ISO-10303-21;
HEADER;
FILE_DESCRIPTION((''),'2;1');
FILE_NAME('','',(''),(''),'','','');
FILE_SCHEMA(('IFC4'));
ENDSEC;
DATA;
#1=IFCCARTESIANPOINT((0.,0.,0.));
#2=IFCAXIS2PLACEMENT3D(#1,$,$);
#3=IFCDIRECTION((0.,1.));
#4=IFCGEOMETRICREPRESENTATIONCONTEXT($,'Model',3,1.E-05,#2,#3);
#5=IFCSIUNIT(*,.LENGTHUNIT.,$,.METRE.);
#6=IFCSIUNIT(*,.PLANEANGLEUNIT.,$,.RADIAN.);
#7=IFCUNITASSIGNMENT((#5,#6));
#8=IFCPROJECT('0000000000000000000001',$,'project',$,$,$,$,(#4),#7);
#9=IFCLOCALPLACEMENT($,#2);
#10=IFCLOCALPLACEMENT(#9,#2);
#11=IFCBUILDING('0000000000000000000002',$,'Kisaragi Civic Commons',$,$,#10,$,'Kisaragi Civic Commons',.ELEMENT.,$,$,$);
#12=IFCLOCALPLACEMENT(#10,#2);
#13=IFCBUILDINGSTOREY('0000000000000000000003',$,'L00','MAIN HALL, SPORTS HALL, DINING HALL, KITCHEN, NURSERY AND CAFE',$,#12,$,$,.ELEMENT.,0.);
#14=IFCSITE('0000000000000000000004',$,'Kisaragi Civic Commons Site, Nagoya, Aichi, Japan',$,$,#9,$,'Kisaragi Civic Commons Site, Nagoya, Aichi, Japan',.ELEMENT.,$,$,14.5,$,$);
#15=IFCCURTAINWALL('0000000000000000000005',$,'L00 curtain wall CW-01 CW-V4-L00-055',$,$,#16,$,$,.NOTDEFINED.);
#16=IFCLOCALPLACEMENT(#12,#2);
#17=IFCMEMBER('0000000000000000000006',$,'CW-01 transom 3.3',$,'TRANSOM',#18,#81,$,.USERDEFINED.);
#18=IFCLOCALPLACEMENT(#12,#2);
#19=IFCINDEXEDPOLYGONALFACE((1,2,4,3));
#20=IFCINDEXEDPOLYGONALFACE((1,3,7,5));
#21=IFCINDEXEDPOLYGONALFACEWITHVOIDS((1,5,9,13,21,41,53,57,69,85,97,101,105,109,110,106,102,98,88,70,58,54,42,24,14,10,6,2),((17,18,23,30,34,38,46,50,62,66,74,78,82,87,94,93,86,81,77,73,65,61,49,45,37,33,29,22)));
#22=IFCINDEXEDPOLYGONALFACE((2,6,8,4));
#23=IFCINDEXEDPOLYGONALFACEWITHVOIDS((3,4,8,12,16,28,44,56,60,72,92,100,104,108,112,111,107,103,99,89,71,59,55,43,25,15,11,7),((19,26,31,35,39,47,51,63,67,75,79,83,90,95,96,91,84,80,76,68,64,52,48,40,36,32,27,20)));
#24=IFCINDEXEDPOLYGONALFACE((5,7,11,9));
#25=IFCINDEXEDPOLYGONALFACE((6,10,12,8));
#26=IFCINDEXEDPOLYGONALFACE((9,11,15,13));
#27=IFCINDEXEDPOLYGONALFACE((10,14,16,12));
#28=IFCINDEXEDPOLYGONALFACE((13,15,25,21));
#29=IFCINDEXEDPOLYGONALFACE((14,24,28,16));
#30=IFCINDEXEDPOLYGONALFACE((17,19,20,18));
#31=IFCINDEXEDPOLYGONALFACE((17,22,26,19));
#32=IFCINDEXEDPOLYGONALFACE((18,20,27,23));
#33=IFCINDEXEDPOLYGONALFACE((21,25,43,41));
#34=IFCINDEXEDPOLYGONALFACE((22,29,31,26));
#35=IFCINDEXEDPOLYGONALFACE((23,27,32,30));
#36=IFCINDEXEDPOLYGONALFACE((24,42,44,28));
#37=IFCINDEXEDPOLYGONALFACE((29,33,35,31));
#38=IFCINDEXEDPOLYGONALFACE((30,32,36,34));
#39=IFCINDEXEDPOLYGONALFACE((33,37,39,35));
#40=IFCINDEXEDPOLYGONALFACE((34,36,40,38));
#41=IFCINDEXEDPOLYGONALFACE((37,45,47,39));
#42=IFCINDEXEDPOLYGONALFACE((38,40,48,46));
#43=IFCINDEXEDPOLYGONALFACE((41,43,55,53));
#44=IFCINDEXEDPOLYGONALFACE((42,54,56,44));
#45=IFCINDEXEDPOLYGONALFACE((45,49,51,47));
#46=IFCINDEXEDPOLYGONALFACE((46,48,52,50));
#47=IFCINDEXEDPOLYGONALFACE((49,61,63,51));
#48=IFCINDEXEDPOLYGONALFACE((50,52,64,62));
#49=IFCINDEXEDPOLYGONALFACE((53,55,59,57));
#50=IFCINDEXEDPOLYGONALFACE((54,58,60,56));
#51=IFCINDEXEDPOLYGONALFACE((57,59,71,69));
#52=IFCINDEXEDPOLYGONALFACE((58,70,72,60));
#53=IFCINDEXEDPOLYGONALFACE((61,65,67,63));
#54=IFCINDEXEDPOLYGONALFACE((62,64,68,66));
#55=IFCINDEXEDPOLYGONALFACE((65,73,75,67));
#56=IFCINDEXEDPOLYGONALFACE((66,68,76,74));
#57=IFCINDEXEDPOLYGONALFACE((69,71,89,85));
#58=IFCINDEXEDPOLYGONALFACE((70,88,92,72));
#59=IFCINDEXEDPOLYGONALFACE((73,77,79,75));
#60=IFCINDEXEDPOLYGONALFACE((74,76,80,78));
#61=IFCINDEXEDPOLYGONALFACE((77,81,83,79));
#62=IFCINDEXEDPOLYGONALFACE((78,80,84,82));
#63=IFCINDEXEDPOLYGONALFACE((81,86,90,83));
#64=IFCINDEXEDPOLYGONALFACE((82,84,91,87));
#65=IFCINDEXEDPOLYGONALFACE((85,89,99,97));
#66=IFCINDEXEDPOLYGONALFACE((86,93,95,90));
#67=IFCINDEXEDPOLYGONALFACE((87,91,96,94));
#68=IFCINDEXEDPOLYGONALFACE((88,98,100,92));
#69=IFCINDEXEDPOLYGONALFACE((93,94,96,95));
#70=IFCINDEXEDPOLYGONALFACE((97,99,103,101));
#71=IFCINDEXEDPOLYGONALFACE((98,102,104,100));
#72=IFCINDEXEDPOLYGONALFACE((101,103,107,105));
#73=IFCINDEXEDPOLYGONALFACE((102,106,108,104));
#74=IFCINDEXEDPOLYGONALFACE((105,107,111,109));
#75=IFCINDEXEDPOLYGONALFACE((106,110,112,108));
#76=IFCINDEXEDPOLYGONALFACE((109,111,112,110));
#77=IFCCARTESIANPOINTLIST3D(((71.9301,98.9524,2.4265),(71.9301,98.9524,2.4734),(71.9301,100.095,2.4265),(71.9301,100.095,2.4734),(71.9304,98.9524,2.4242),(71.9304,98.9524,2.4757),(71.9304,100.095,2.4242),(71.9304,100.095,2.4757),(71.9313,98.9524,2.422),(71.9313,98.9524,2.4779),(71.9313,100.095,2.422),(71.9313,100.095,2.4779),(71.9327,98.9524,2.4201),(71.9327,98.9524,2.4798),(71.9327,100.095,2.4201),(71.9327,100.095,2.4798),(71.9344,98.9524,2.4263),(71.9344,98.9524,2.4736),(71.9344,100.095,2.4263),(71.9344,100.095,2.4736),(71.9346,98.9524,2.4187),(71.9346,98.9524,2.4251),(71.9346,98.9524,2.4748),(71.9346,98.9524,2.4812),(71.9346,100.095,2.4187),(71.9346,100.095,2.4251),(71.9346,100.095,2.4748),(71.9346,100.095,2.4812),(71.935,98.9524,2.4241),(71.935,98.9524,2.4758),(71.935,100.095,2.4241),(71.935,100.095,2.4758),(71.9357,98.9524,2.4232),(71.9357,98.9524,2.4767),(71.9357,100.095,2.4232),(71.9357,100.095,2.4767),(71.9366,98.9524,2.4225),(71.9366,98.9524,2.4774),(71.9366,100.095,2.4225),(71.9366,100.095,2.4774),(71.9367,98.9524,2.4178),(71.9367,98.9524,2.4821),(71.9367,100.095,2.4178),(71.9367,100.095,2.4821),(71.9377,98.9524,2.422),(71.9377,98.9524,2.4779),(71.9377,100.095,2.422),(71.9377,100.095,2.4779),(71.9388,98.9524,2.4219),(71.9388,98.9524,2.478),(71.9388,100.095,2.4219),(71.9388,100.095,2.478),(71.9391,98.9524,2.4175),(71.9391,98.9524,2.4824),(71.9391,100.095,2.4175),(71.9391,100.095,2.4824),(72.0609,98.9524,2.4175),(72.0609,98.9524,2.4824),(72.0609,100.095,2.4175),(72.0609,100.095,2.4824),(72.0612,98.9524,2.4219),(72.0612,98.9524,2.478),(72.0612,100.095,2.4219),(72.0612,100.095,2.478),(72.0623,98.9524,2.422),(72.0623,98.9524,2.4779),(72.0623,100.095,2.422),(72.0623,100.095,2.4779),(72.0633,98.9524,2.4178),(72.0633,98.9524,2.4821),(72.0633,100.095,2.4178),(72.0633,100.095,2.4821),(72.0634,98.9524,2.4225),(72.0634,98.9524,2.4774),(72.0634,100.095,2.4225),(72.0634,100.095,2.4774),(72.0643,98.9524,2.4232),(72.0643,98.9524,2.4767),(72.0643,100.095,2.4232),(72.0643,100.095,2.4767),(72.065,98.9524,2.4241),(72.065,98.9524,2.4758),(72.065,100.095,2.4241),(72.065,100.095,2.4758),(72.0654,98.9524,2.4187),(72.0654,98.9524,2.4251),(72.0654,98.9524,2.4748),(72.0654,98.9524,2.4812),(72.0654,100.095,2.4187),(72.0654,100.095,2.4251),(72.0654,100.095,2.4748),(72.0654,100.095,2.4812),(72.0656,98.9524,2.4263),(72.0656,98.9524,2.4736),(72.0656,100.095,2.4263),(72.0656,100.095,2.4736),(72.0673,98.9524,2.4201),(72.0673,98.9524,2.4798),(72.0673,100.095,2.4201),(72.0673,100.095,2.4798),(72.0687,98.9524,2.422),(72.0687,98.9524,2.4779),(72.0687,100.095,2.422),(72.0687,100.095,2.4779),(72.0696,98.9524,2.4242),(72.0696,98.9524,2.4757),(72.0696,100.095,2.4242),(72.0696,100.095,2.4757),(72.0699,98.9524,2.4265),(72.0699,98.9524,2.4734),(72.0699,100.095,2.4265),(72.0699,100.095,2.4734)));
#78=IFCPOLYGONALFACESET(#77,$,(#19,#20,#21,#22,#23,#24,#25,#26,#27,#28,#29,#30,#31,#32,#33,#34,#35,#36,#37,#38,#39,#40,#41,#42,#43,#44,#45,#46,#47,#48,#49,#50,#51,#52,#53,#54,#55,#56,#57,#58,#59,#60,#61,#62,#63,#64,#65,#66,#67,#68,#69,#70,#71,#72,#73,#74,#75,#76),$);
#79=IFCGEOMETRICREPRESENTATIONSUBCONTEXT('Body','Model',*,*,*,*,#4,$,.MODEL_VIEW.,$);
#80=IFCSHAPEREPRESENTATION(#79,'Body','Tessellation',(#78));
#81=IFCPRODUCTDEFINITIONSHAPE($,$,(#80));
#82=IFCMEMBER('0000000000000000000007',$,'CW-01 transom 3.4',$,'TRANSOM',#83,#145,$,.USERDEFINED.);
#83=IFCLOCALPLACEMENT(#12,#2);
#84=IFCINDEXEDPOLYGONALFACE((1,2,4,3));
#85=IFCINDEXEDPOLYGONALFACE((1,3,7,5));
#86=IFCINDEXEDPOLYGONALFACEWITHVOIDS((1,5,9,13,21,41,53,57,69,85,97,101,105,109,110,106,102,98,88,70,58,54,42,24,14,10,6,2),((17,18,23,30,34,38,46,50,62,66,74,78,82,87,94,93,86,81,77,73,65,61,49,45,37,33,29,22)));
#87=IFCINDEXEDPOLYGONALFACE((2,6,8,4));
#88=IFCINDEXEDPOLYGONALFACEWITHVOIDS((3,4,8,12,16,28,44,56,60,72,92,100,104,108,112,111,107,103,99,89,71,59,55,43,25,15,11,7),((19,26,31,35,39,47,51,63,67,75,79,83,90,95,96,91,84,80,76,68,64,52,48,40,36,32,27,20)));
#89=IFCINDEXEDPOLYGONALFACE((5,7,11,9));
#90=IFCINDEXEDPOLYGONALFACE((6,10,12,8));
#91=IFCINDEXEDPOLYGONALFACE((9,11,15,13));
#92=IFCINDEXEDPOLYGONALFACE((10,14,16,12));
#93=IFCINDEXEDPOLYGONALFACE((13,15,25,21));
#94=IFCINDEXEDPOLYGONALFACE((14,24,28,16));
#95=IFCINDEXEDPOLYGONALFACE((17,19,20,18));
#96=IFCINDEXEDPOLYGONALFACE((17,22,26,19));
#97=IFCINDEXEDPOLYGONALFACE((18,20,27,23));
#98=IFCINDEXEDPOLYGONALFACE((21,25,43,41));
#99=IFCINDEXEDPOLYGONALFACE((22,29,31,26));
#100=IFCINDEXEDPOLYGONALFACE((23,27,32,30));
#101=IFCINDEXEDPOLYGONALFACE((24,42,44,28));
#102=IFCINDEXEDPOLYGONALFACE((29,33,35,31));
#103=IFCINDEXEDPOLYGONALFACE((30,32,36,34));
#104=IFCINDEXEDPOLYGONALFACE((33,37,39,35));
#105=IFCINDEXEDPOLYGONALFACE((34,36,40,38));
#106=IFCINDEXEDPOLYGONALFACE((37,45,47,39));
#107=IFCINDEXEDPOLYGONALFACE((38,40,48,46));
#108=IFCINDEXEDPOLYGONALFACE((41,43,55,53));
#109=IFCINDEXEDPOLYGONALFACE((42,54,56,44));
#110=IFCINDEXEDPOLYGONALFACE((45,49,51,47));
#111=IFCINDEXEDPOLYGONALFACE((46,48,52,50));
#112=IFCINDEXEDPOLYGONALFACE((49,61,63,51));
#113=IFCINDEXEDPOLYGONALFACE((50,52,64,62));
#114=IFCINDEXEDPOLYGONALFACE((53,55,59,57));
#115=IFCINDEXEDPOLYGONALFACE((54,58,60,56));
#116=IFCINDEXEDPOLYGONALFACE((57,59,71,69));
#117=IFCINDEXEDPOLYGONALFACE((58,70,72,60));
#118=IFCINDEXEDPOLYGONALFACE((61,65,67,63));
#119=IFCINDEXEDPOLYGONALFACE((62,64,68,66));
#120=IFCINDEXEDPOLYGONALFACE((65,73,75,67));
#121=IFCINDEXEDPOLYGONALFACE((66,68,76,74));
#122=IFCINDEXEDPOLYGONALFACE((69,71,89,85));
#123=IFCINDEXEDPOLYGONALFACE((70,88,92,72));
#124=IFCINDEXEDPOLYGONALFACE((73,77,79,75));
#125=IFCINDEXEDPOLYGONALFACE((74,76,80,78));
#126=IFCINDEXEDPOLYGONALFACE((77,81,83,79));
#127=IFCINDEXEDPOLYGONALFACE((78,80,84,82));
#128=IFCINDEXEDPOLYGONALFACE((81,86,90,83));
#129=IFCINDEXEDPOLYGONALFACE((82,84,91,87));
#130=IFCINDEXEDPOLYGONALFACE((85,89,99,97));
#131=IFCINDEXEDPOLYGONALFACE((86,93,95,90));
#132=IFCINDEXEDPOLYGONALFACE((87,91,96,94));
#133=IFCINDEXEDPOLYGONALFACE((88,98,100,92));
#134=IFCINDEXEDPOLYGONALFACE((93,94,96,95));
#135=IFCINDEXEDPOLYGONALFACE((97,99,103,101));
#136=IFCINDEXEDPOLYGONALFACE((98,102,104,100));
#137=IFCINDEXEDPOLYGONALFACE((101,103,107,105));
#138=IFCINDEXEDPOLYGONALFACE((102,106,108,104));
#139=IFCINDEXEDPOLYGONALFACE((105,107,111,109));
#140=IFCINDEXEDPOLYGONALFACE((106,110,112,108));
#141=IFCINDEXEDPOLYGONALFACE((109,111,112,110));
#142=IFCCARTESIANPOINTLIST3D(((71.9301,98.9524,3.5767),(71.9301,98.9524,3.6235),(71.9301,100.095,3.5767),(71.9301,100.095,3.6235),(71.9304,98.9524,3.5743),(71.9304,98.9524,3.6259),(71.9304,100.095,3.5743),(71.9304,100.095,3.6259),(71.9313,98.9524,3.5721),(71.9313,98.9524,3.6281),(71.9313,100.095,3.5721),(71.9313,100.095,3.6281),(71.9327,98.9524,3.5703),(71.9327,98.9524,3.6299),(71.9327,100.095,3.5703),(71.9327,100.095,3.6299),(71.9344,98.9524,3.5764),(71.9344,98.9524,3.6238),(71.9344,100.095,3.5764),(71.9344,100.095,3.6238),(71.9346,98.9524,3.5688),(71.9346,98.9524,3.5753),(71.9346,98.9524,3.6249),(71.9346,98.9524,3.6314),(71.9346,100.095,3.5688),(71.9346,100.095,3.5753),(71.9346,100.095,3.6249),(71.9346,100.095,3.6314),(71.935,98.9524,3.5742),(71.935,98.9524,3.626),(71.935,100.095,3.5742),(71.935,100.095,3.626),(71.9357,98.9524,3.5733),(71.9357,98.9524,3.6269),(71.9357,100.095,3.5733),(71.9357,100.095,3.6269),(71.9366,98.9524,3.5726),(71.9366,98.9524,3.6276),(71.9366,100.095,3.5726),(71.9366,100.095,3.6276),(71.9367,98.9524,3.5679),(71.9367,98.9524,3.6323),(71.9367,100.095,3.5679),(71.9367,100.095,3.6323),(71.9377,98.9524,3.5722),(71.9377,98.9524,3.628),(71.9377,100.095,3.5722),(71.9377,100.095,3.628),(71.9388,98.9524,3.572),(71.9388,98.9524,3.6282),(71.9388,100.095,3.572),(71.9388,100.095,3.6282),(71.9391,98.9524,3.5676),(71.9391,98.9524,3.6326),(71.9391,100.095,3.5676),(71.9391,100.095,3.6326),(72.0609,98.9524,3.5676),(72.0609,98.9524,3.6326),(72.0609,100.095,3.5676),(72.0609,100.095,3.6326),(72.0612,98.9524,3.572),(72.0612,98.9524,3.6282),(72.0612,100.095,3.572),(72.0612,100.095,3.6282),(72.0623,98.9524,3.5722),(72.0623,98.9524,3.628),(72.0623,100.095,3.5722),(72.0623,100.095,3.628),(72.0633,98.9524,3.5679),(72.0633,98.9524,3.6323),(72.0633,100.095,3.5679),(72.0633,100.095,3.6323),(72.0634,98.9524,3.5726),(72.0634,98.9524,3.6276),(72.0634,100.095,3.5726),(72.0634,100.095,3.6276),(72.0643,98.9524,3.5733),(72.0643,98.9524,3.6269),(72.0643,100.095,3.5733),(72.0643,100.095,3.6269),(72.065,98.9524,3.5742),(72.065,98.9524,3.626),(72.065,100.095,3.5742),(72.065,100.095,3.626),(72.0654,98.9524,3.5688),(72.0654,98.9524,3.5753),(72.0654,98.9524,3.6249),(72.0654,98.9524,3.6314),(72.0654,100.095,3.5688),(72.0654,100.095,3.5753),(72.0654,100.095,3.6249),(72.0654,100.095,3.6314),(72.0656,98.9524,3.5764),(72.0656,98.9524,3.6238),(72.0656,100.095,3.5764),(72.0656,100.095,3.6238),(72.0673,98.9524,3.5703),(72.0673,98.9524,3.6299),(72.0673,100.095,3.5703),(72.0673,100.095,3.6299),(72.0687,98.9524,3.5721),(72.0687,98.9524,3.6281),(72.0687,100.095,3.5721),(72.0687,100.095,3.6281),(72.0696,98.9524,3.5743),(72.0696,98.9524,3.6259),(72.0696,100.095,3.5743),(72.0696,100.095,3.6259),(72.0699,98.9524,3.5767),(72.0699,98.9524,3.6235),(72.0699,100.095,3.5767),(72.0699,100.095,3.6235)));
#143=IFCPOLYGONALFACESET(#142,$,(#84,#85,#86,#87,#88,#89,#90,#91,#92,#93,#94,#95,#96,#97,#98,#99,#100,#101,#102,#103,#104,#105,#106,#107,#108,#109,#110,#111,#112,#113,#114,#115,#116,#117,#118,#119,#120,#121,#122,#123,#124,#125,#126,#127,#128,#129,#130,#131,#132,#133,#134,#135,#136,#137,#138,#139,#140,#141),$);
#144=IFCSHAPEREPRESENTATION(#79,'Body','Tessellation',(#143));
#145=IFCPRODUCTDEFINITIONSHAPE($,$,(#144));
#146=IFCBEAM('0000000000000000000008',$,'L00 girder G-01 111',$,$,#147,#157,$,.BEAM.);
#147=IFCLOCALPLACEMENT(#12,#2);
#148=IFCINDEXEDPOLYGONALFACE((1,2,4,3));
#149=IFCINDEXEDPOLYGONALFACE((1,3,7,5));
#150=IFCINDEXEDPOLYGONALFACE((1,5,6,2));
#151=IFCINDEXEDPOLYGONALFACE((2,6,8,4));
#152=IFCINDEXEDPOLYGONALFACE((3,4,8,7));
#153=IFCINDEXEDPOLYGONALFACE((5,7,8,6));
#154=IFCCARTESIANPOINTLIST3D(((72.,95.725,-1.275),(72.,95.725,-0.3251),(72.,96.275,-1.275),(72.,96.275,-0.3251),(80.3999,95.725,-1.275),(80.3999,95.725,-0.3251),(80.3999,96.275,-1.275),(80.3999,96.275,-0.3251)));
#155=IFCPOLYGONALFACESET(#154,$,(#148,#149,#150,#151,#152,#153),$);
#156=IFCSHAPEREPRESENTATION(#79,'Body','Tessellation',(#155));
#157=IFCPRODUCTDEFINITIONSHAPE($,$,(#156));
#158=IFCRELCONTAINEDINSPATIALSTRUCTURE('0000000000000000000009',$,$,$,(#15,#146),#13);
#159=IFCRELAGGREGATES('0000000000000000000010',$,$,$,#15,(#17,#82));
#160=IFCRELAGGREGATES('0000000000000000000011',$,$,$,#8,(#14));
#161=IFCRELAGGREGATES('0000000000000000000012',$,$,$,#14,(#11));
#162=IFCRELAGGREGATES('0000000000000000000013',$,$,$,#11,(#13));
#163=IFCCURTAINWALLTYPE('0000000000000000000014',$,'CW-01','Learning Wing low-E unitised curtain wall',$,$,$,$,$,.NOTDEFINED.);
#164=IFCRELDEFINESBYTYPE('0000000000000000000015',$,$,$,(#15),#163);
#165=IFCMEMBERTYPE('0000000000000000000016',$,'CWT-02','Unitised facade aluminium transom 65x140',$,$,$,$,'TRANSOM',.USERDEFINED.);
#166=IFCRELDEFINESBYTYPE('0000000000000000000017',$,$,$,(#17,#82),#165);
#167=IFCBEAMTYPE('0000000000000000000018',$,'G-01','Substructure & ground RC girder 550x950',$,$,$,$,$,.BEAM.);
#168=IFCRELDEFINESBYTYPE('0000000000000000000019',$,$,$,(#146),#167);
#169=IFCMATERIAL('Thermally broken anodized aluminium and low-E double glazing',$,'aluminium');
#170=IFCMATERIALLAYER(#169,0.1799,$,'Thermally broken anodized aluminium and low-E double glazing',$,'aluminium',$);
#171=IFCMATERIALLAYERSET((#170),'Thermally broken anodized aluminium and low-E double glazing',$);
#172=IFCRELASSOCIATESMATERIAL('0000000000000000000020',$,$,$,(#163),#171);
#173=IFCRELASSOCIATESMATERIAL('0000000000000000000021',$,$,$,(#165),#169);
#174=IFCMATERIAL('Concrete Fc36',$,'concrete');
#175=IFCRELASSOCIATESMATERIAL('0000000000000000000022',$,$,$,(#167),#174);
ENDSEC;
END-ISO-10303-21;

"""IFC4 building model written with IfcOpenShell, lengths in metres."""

from ifc_helpers import new_model, si_unit, direction, frame, origin, origin_2d, place, context, subcontext, project, spatial, rectangle, hollow_rectangle, extrude, material, layer, layer_set, material_profile, profile_set, type_object, element, aggregate, save


model = new_model("IFC4")

# Units and contexts
model_context = context("Model", 3, precision=1e-05, world=origin(), true_north=direction((0.0, 1.0)))
body_context = subcontext(model_context, "Body", "Model", "MODEL_VIEW")
ifc_project = project(units=[si_unit("LENGTHUNIT", "METRE"), si_unit("PLANEANGLEUNIT", "RADIAN")], contexts=[model_context])

# Site, building, storey
site_placement = place(None, origin())
site = spatial("IfcSite", under=ifc_project, at=site_placement, Name="Kisaragi Civic Commons Site, Nagoya, Aichi, Japan", LongName="Kisaragi Civic Commons Site, Nagoya, Aichi, Japan", CompositionType="ELEMENT", RefElevation=14.5)
building_placement = place(site_placement, origin())
building = spatial("IfcBuilding", under=site, at=building_placement, Name="Kisaragi Civic Commons", LongName="Kisaragi Civic Commons", CompositionType="ELEMENT")
storey_placement = place(building_placement, origin())
storey = spatial("IfcBuildingStorey", under=building, at=storey_placement, Name="L00", Description="MAIN HALL, SPORTS HALL, DINING HALL, KITCHEN, NURSERY AND CAFE", CompositionType="ELEMENT", Elevation=0.0)

# Shared definitions
ifc_material_1 = material(Name="Concrete Fc36", Category="concrete")

# Curtain wall, members
ifc_material_2 = material(Name="Thermally broken anodized aluminium and low-E double glazing", Category="aluminium")
ifc_layer_1 = layer(ifc_material_2, 0.1799, Name="Thermally broken anodized aluminium and low-E double glazing", Category="aluminium")
ifc_layer_set_1 = layer_set([ifc_layer_1], Name="Thermally broken anodized aluminium and low-E double glazing")
curtain_wall_type = type_object("IfcCurtainWallType", Name="CW-01", Description="Learning Wing low-E unitised curtain wall", PredefinedType="NOTDEFINED", material=ifc_layer_set_1)
curtain_wall_placement = place(storey_placement, origin())
curtain_wall = element("IfcCurtainWall", 1, at=curtain_wall_placement, inside=storey, type_object=curtain_wall_type, Name="L00 curtain wall CW-01 CW-V4-L00-055", PredefinedType="NOTDEFINED")
ifc_material_profile_1 = material_profile(ifc_material_2, hollow_rectangle(XDim=0.1399, YDim=0.0649, WallThickness=0.0044, InnerFilletRadius=0.0044, OuterFilletRadius=0.009, at=origin_2d()), Name="CWT-65x140x4.5", Category="aluminium")
ifc_profile_set_1 = profile_set([ifc_material_profile_1], Name="Thermally broken anodized aluminium and low-E double glazing")
member_type_1 = type_object("IfcMemberType", Name="CWT-02", Description="Unitised facade aluminium transom 65x140", ElementType="TRANSOM", PredefinedType="USERDEFINED", material=ifc_profile_set_1)
member_1_placement = place(storey_placement, frame((72.0, 98.9524, 2.45), z_axis=(0.0, 1.0, 0.0), x_axis=(-1.0, 0.0, 0.0)))
member_1 = element("IfcMember", 2, at=member_1_placement, type_object=member_type_1, Name="CW-01 transom 3.3", ObjectType="TRANSOM", PredefinedType="USERDEFINED", context=body_context, shape_type="SweptSolid", body=[
    extrude(hollow_rectangle(XDim=0.1399, YDim=0.0649, WallThickness=0.0044, InnerFilletRadius=0.0044, OuterFilletRadius=0.009, at=origin_2d()), origin(), (0.0, 0.0, 1.0), 1.1426),
])
member_2_placement = place(storey_placement, frame((72.0, 98.9524, 3.6001), z_axis=(0.0, 1.0, 0.0), x_axis=(-1.0, 0.0, 0.0)))
member_2 = element("IfcMember", 3, at=member_2_placement, type_object=member_type_1, Name="CW-01 transom 3.4", ObjectType="TRANSOM", PredefinedType="USERDEFINED", context=body_context, shape_type="SweptSolid", body=[
    extrude(hollow_rectangle(XDim=0.1399, YDim=0.0649, WallThickness=0.0044, InnerFilletRadius=0.0044, OuterFilletRadius=0.009, at=origin_2d()), origin(), (0.0, 0.0, 1.0), 1.1426),
])

# Beam
ifc_material_profile_2 = material_profile(ifc_material_1, rectangle(XDim=0.55, YDim=0.95, at=origin_2d()), Name="RC-550x950", Category="concrete")
ifc_profile_set_2 = profile_set([ifc_material_profile_2], Name="Concrete Fc36")
beam_type_1 = type_object("IfcBeamType", Name="G-01", Description="Substructure & ground RC girder 550x950", PredefinedType="BEAM", material=ifc_profile_set_2)
beam_1_placement = place(storey_placement, frame((72.0, 96.0, -0.8), z_axis=(1.0, 0.0, 0.0), x_axis=(0.0, 1.0, 0.0)))
element("IfcBeam", 4, at=beam_1_placement, inside=storey, type_object=beam_type_1, Name="L00 girder G-01 111", PredefinedType="BEAM", context=body_context, shape_type="SweptSolid", body=[
    extrude(rectangle(XDim=0.55, YDim=0.95, at=origin_2d()), origin(), (0.0, 0.0, 1.0), 8.3999),
])

aggregate(curtain_wall, [member_1, member_2])

save(model, "model.ifc")
